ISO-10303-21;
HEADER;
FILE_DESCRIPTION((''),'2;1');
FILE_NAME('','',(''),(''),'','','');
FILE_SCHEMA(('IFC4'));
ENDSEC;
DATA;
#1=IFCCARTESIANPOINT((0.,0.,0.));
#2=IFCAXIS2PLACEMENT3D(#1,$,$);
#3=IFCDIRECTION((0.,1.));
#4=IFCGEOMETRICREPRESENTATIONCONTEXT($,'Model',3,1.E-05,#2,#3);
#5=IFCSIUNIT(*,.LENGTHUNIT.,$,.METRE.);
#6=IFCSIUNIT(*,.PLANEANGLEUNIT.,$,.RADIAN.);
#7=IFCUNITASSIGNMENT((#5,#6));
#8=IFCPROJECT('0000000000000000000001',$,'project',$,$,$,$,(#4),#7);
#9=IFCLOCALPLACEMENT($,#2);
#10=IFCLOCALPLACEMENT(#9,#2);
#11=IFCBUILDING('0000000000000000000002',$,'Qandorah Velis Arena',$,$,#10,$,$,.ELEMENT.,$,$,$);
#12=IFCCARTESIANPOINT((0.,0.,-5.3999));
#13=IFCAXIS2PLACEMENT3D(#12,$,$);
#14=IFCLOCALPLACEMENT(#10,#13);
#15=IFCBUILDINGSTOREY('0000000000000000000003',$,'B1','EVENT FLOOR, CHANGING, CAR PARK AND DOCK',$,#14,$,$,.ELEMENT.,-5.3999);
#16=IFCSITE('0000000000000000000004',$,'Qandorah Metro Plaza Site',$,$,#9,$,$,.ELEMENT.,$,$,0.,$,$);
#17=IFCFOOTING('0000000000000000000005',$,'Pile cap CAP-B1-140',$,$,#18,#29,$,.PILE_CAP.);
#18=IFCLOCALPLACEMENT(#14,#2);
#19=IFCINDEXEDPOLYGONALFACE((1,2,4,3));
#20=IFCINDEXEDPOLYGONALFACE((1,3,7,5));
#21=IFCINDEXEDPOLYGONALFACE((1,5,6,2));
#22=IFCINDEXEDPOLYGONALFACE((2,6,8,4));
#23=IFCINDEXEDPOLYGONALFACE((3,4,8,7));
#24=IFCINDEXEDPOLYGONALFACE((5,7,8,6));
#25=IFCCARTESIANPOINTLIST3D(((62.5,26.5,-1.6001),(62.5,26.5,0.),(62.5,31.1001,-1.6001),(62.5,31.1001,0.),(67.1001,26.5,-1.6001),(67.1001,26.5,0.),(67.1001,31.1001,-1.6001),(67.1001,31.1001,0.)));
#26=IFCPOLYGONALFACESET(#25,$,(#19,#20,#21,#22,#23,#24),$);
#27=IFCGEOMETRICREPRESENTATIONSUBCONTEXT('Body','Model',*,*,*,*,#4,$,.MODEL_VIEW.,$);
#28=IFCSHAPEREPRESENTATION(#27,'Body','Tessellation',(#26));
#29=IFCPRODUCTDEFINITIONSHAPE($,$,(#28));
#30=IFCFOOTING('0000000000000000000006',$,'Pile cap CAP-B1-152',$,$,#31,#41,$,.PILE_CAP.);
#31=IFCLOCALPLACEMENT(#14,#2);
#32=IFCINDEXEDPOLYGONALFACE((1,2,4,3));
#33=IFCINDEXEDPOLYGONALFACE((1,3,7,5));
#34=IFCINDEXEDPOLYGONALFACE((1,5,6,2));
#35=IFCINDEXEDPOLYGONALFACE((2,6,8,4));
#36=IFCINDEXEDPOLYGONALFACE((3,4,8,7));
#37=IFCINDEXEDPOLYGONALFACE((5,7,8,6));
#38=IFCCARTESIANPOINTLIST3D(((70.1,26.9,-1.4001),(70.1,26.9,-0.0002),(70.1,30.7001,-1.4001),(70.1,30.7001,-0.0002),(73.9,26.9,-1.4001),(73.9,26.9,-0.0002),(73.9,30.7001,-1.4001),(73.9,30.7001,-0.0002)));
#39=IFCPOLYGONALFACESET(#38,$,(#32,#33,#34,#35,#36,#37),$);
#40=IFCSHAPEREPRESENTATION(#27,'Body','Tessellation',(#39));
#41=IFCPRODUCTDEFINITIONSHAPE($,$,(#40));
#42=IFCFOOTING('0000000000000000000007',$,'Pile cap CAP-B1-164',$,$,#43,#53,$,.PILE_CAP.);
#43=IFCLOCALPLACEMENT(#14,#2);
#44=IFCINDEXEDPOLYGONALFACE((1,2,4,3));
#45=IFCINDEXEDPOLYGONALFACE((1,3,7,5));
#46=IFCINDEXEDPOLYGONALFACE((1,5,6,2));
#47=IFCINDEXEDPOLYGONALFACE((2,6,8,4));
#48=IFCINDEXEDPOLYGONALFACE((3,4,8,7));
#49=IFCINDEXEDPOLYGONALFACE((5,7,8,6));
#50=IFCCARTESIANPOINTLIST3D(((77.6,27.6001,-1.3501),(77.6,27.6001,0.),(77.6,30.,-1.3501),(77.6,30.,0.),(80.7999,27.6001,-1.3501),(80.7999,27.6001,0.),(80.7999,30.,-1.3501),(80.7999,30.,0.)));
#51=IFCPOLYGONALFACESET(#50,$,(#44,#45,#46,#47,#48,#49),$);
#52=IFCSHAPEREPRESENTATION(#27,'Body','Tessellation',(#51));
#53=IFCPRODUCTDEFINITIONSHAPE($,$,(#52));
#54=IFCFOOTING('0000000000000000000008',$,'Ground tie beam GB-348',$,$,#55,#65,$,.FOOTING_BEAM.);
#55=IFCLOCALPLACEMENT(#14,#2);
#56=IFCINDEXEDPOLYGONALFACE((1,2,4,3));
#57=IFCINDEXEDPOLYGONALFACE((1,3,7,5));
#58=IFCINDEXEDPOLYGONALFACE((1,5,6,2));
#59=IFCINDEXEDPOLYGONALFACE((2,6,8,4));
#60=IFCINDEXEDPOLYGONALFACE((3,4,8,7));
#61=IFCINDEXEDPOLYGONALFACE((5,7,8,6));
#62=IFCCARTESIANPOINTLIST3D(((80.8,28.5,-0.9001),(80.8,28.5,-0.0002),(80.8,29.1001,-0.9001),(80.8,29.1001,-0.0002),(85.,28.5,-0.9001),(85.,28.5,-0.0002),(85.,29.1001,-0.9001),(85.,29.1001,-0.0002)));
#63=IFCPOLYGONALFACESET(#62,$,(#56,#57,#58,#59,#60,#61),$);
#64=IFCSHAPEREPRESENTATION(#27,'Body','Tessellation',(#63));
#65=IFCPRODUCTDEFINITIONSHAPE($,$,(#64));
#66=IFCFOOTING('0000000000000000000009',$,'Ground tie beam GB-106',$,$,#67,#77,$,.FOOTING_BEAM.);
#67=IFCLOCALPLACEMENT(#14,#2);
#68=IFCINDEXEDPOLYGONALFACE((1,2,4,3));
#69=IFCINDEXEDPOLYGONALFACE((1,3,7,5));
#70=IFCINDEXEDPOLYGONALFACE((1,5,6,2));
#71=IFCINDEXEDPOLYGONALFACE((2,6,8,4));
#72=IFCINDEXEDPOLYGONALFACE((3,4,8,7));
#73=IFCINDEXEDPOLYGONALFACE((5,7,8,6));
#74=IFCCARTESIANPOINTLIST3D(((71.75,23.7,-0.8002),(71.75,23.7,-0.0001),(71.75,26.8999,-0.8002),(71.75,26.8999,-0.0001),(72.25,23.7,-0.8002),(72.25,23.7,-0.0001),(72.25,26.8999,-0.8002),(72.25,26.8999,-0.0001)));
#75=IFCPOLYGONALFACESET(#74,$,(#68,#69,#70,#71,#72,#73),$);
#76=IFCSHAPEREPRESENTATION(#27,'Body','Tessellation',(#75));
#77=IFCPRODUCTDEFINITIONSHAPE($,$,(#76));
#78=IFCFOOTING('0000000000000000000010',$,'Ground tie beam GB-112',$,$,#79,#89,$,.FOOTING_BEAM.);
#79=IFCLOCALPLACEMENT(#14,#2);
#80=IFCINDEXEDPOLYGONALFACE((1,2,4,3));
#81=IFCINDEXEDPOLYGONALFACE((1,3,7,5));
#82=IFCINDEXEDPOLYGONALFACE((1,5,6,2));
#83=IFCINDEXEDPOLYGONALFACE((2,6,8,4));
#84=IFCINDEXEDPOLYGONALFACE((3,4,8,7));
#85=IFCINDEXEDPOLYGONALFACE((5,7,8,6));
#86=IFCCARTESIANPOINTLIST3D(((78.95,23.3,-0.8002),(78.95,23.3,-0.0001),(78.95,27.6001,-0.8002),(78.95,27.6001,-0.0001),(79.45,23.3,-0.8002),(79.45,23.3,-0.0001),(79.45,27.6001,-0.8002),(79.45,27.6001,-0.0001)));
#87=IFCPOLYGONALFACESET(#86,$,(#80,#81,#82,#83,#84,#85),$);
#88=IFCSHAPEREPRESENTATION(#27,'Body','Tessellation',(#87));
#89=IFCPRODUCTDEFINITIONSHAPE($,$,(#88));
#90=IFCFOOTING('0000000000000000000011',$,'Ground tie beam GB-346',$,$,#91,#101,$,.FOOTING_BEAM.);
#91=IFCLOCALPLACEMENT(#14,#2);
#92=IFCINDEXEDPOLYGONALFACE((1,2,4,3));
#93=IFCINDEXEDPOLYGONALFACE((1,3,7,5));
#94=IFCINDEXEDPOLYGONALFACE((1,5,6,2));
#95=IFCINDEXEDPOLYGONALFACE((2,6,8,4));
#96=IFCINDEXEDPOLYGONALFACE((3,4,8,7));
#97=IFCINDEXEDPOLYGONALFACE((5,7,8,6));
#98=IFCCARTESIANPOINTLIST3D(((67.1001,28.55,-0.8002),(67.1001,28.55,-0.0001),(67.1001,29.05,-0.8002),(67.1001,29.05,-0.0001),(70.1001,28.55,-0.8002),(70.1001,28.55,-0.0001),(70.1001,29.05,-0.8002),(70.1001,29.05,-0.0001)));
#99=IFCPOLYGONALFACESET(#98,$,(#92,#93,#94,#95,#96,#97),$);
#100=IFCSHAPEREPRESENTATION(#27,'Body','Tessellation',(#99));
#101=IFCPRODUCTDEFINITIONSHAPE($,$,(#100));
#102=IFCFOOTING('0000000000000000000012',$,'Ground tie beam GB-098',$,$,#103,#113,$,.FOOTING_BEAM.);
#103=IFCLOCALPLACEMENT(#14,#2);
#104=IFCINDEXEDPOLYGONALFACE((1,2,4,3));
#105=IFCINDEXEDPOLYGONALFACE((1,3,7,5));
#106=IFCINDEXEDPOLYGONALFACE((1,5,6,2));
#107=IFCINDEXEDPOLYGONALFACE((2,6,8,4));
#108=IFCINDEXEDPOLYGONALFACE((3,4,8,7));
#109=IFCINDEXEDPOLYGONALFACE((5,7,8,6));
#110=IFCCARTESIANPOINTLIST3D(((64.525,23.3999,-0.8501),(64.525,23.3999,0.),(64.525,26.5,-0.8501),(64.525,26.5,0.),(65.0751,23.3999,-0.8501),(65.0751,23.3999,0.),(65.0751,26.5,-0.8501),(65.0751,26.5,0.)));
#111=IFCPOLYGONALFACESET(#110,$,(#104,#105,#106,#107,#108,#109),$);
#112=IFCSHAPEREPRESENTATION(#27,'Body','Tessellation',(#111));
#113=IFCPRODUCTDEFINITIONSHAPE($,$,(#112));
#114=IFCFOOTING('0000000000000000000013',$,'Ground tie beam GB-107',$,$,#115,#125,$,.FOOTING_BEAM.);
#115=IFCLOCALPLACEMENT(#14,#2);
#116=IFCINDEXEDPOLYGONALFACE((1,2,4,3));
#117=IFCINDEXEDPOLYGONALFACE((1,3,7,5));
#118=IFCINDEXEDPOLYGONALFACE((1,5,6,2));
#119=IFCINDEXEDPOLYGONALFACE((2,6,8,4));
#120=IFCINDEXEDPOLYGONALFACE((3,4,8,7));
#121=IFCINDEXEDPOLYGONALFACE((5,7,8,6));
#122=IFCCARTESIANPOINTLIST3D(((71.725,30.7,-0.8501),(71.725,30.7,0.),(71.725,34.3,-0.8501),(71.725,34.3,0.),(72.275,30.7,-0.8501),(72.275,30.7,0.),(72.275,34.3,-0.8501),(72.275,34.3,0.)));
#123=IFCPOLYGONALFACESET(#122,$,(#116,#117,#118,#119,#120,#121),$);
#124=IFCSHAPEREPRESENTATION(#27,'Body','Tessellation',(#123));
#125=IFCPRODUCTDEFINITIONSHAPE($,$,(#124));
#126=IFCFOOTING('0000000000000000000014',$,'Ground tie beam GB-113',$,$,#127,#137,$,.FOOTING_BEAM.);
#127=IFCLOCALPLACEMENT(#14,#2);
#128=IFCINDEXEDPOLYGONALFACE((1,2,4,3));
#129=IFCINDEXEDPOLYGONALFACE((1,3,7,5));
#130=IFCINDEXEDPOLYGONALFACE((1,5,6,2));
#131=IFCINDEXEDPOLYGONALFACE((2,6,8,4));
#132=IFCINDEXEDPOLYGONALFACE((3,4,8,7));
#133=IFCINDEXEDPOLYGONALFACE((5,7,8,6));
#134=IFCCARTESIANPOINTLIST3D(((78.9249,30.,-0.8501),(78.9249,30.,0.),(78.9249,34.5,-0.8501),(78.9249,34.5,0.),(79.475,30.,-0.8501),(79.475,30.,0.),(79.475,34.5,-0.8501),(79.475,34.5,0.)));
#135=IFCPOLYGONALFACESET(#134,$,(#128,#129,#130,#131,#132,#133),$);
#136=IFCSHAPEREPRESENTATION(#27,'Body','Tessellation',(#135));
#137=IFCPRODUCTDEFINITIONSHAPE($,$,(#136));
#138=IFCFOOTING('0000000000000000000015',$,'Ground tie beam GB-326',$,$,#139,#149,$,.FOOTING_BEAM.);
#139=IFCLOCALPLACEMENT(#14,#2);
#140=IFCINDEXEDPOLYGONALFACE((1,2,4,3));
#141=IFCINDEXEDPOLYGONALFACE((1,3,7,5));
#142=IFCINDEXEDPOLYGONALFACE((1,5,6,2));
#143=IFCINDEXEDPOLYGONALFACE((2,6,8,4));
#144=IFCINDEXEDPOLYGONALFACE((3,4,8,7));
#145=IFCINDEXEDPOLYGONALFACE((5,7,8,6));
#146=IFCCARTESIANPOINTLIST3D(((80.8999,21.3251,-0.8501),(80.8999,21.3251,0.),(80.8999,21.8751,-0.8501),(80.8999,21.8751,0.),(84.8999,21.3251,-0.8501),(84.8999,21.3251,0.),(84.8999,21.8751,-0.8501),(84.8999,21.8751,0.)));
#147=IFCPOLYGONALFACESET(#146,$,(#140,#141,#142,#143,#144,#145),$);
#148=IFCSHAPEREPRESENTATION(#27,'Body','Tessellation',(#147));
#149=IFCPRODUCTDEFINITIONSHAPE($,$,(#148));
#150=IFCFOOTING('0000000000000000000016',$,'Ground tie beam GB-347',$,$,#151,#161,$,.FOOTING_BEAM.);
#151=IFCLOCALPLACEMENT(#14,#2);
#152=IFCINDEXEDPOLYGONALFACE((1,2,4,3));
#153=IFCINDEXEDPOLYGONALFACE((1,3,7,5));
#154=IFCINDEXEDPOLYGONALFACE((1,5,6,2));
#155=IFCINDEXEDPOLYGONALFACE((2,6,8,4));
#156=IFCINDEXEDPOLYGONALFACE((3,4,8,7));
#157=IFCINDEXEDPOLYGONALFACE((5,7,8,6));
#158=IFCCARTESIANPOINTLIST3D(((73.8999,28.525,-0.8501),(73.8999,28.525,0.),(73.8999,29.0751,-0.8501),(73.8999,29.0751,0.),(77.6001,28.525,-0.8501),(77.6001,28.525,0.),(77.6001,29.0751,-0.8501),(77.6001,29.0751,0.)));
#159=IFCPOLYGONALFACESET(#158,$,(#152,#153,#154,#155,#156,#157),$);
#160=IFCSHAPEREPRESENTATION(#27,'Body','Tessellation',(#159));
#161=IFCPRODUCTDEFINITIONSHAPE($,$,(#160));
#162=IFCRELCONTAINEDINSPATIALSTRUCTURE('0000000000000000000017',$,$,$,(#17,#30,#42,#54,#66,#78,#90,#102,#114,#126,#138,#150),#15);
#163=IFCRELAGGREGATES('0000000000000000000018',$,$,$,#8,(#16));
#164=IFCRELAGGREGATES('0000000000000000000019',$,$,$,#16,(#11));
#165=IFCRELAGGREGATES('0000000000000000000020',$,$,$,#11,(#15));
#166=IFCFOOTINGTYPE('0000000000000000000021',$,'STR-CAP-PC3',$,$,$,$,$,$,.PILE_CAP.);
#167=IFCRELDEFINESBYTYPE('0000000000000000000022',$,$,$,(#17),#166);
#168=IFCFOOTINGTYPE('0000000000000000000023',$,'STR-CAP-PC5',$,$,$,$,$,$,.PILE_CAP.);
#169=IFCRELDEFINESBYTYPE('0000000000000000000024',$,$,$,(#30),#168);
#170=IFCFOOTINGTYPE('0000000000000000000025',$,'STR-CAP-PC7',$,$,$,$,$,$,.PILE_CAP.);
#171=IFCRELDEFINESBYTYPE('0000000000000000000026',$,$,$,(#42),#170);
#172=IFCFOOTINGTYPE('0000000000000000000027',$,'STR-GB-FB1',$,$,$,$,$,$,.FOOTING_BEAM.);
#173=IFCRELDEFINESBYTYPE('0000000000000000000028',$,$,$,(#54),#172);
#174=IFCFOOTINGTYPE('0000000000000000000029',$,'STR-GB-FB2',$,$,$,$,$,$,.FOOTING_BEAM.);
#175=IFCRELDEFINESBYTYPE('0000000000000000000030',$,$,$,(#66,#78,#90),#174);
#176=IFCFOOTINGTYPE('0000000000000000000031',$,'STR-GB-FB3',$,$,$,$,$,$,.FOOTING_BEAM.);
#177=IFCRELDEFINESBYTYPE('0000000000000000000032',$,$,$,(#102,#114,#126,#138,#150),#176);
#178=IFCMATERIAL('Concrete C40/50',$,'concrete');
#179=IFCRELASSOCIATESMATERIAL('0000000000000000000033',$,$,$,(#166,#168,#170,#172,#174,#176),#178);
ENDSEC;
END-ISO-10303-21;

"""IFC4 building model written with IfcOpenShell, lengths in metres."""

from ifc_helpers import new_model, si_unit, direction, frame, origin, origin_2d, place, context, subcontext, project, spatial, rectangle, extrude, material, material_profile, profile_set, type_object, element, save


model = new_model("IFC4")

# Units and contexts
model_context = context("Model", 3, precision=1e-05, world=origin(), true_north=direction((0.0, 1.0)))
body_context = subcontext(model_context, "Body", "Model", "MODEL_VIEW")
ifc_project = project(units=[si_unit("LENGTHUNIT", "METRE"), si_unit("PLANEANGLEUNIT", "RADIAN")], contexts=[model_context])

# Site, building, storey
site_placement = place(None, origin())
site = spatial("IfcSite", under=ifc_project, at=site_placement, Name="Qandorah Metro Plaza Site", CompositionType="ELEMENT", RefElevation=0.0)
building_placement = place(site_placement, origin())
building = spatial("IfcBuilding", under=site, at=building_placement, Name="Qandorah Velis Arena", CompositionType="ELEMENT")
storey_placement = place(building_placement, frame((0.0, 0.0, -5.3999)))
storey = spatial("IfcBuildingStorey", under=building, at=storey_placement, Name="B1", Description="EVENT FLOOR, CHANGING, CAR PARK AND DOCK", CompositionType="ELEMENT", Elevation=-5.3999)

# Footings
ifc_material_1 = material(Name="Concrete C40/50", Category="concrete")
footing_type_1 = type_object("IfcFootingType", Name="STR-CAP-PC3", PredefinedType="PILE_CAP", material=ifc_material_1)
footing_1_placement = place(storey_placement, frame((64.8, 28.8, -1.6001), z_axis=(0.0, 0.0, 1.0), x_axis=(1.0, 0.0, 0.0)))
element("IfcFooting", 1, at=footing_1_placement, inside=storey, type_object=footing_type_1, Name="Pile cap CAP-B1-140", PredefinedType="PILE_CAP", context=body_context, shape_type="SweptSolid", body=[
    extrude(rectangle(XDim=4.6001, YDim=4.6001, at=origin_2d()), origin(), (0.0, 0.0, 1.0), 1.6001),
])
footing_type_2 = type_object("IfcFootingType", Name="STR-CAP-PC5", PredefinedType="PILE_CAP", material=ifc_material_1)
footing_2_placement = place(storey_placement, frame((72.0, 28.8, -1.4001), z_axis=(0.0, 0.0, 1.0), x_axis=(1.0, 0.0, 0.0)))
element("IfcFooting", 2, at=footing_2_placement, inside=storey, type_object=footing_type_2, Name="Pile cap CAP-B1-152", PredefinedType="PILE_CAP", context=body_context, shape_type="SweptSolid", body=[
    extrude(rectangle(XDim=3.8, YDim=3.8, at=origin_2d()), origin(), (0.0, 0.0, 1.0), 1.3999),
])
footing_type_3 = type_object("IfcFootingType", Name="STR-CAP-PC7", PredefinedType="PILE_CAP", material=ifc_material_1)
footing_3_placement = place(storey_placement, frame((79.2, 28.8, -1.3501), z_axis=(0.0, 0.0, 1.0), x_axis=(1.0, 0.0, 0.0)))
element("IfcFooting", 3, at=footing_3_placement, inside=storey, type_object=footing_type_3, Name="Pile cap CAP-B1-164", PredefinedType="PILE_CAP", context=body_context, shape_type="SweptSolid", body=[
    extrude(rectangle(XDim=3.2, YDim=2.3999, at=origin_2d()), origin(), (0.0, 0.0, 1.0), 1.3501),
])
ifc_material_profile_1 = material_profile(ifc_material_1, rectangle(XDim=0.6001, YDim=0.8999, at=origin_2d()), Name="GB1 600x900")
ifc_profile_set_1 = profile_set([ifc_material_profile_1], Name="Concrete C40/50")
footing_type_4 = type_object("IfcFootingType", Name="STR-GB-FB1", PredefinedType="FOOTING_BEAM", material=ifc_profile_set_1)
footing_4_placement = place(storey_placement, frame((80.8, 28.8, -0.4502), z_axis=(1.0, 0.0, 0.0), x_axis=(0.0, 1.0, 0.0)))
element("IfcFooting", 4, at=footing_4_placement, inside=storey, type_object=footing_type_4, Name="Ground tie beam GB-348", PredefinedType="FOOTING_BEAM", context=body_context, shape_type="SweptSolid", body=[
    extrude(rectangle(XDim=0.6001, YDim=0.8999, at=origin_2d()), origin(), (0.0, 0.0, 1.0), 4.2),
])
ifc_material_profile_2 = material_profile(ifc_material_1, rectangle(XDim=0.5, YDim=0.8, at=origin_2d()), Name="GB2 500x800")
ifc_profile_set_2 = profile_set([ifc_material_profile_2], Name="Concrete C40/50")
footing_type_5 = type_object("IfcFootingType", Name="STR-GB-FB2", PredefinedType="FOOTING_BEAM", material=ifc_profile_set_2)
footing_5_placement = place(storey_placement, frame((72.0, 23.7, -0.4001), z_axis=(0.0, 1.0, 0.0), x_axis=(-1.0, 0.0, 0.0)))
element("IfcFooting", 5, at=footing_5_placement, inside=storey, type_object=footing_type_5, Name="Ground tie beam GB-106", PredefinedType="FOOTING_BEAM", context=body_context, shape_type="SweptSolid", body=[
    extrude(rectangle(XDim=0.5, YDim=0.8, at=origin_2d()), origin(), (0.0, 0.0, 1.0), 3.2),
])
footing_6_placement = place(storey_placement, frame((79.2, 23.3, -0.4001), z_axis=(0.0, 1.0, 0.0), x_axis=(-1.0, 0.0, 0.0)))
element("IfcFooting", 6, at=footing_6_placement, inside=storey, type_object=footing_type_5, Name="Ground tie beam GB-112", PredefinedType="FOOTING_BEAM", context=body_context, shape_type="SweptSolid", body=[
    extrude(rectangle(XDim=0.5, YDim=0.8, at=origin_2d()), origin(), (0.0, 0.0, 1.0), 4.3),
])
footing_7_placement = place(storey_placement, frame((67.1001, 28.8, -0.4001), z_axis=(1.0, 0.0, 0.0), x_axis=(0.0, 1.0, 0.0)))
element("IfcFooting", 7, at=footing_7_placement, inside=storey, type_object=footing_type_5, Name="Ground tie beam GB-346", PredefinedType="FOOTING_BEAM", context=body_context, shape_type="SweptSolid", body=[
    extrude(rectangle(XDim=0.5, YDim=0.8, at=origin_2d()), origin(), (0.0, 0.0, 1.0), 3.0),
])
ifc_material_profile_3 = material_profile(ifc_material_1, rectangle(XDim=0.55, YDim=0.8501, at=origin_2d()), Name="GB3 550x850")
ifc_profile_set_3 = profile_set([ifc_material_profile_3], Name="Concrete C40/50")
footing_type_6 = type_object("IfcFootingType", Name="STR-GB-FB3", PredefinedType="FOOTING_BEAM", material=ifc_profile_set_3)
footing_8_placement = place(storey_placement, frame((64.8, 23.3999, -0.425), z_axis=(0.0, 1.0, 0.0), x_axis=(-1.0, 0.0, 0.0)))
element("IfcFooting", 8, at=footing_8_placement, inside=storey, type_object=footing_type_6, Name="Ground tie beam GB-098", PredefinedType="FOOTING_BEAM", context=body_context, shape_type="SweptSolid", body=[
    extrude(rectangle(XDim=0.55, YDim=0.8501, at=origin_2d()), origin(), (0.0, 0.0, 1.0), 3.1001),
])
footing_9_placement = place(storey_placement, frame((72.0, 30.7, -0.425), z_axis=(0.0, 1.0, 0.0), x_axis=(-1.0, 0.0, 0.0)))
element("IfcFooting", 9, at=footing_9_placement, inside=storey, type_object=footing_type_6, Name="Ground tie beam GB-107", PredefinedType="FOOTING_BEAM", context=body_context, shape_type="SweptSolid", body=[
    extrude(rectangle(XDim=0.55, YDim=0.8501, at=origin_2d()), origin(), (0.0, 0.0, 1.0), 3.6001),
])
footing_10_placement = place(storey_placement, frame((79.2, 30.0, -0.425), z_axis=(0.0, 1.0, 0.0), x_axis=(-1.0, 0.0, 0.0)))
element("IfcFooting", 10, at=footing_10_placement, inside=storey, type_object=footing_type_6, Name="Ground tie beam GB-113", PredefinedType="FOOTING_BEAM", context=body_context, shape_type="SweptSolid", body=[
    extrude(rectangle(XDim=0.55, YDim=0.8501, at=origin_2d()), origin(), (0.0, 0.0, 1.0), 4.5),
])
footing_11_placement = place(storey_placement, frame((80.8999, 21.6001, -0.425), z_axis=(1.0, 0.0, 0.0), x_axis=(0.0, 1.0, 0.0)))
element("IfcFooting", 11, at=footing_11_placement, inside=storey, type_object=footing_type_6, Name="Ground tie beam GB-326", PredefinedType="FOOTING_BEAM", context=body_context, shape_type="SweptSolid", body=[
    extrude(rectangle(XDim=0.55, YDim=0.8501, at=origin_2d()), origin(), (0.0, 0.0, 1.0), 4.0),
])
footing_12_placement = place(storey_placement, frame((73.8999, 28.8, -0.425), z_axis=(1.0, 0.0, 0.0), x_axis=(0.0, 1.0, 0.0)))
element("IfcFooting", 12, at=footing_12_placement, inside=storey, type_object=footing_type_6, Name="Ground tie beam GB-347", PredefinedType="FOOTING_BEAM", context=body_context, shape_type="SweptSolid", body=[
    extrude(rectangle(XDim=0.55, YDim=0.8501, at=origin_2d()), origin(), (0.0, 0.0, 1.0), 3.7002),
])

save(model, "model.ifc")
